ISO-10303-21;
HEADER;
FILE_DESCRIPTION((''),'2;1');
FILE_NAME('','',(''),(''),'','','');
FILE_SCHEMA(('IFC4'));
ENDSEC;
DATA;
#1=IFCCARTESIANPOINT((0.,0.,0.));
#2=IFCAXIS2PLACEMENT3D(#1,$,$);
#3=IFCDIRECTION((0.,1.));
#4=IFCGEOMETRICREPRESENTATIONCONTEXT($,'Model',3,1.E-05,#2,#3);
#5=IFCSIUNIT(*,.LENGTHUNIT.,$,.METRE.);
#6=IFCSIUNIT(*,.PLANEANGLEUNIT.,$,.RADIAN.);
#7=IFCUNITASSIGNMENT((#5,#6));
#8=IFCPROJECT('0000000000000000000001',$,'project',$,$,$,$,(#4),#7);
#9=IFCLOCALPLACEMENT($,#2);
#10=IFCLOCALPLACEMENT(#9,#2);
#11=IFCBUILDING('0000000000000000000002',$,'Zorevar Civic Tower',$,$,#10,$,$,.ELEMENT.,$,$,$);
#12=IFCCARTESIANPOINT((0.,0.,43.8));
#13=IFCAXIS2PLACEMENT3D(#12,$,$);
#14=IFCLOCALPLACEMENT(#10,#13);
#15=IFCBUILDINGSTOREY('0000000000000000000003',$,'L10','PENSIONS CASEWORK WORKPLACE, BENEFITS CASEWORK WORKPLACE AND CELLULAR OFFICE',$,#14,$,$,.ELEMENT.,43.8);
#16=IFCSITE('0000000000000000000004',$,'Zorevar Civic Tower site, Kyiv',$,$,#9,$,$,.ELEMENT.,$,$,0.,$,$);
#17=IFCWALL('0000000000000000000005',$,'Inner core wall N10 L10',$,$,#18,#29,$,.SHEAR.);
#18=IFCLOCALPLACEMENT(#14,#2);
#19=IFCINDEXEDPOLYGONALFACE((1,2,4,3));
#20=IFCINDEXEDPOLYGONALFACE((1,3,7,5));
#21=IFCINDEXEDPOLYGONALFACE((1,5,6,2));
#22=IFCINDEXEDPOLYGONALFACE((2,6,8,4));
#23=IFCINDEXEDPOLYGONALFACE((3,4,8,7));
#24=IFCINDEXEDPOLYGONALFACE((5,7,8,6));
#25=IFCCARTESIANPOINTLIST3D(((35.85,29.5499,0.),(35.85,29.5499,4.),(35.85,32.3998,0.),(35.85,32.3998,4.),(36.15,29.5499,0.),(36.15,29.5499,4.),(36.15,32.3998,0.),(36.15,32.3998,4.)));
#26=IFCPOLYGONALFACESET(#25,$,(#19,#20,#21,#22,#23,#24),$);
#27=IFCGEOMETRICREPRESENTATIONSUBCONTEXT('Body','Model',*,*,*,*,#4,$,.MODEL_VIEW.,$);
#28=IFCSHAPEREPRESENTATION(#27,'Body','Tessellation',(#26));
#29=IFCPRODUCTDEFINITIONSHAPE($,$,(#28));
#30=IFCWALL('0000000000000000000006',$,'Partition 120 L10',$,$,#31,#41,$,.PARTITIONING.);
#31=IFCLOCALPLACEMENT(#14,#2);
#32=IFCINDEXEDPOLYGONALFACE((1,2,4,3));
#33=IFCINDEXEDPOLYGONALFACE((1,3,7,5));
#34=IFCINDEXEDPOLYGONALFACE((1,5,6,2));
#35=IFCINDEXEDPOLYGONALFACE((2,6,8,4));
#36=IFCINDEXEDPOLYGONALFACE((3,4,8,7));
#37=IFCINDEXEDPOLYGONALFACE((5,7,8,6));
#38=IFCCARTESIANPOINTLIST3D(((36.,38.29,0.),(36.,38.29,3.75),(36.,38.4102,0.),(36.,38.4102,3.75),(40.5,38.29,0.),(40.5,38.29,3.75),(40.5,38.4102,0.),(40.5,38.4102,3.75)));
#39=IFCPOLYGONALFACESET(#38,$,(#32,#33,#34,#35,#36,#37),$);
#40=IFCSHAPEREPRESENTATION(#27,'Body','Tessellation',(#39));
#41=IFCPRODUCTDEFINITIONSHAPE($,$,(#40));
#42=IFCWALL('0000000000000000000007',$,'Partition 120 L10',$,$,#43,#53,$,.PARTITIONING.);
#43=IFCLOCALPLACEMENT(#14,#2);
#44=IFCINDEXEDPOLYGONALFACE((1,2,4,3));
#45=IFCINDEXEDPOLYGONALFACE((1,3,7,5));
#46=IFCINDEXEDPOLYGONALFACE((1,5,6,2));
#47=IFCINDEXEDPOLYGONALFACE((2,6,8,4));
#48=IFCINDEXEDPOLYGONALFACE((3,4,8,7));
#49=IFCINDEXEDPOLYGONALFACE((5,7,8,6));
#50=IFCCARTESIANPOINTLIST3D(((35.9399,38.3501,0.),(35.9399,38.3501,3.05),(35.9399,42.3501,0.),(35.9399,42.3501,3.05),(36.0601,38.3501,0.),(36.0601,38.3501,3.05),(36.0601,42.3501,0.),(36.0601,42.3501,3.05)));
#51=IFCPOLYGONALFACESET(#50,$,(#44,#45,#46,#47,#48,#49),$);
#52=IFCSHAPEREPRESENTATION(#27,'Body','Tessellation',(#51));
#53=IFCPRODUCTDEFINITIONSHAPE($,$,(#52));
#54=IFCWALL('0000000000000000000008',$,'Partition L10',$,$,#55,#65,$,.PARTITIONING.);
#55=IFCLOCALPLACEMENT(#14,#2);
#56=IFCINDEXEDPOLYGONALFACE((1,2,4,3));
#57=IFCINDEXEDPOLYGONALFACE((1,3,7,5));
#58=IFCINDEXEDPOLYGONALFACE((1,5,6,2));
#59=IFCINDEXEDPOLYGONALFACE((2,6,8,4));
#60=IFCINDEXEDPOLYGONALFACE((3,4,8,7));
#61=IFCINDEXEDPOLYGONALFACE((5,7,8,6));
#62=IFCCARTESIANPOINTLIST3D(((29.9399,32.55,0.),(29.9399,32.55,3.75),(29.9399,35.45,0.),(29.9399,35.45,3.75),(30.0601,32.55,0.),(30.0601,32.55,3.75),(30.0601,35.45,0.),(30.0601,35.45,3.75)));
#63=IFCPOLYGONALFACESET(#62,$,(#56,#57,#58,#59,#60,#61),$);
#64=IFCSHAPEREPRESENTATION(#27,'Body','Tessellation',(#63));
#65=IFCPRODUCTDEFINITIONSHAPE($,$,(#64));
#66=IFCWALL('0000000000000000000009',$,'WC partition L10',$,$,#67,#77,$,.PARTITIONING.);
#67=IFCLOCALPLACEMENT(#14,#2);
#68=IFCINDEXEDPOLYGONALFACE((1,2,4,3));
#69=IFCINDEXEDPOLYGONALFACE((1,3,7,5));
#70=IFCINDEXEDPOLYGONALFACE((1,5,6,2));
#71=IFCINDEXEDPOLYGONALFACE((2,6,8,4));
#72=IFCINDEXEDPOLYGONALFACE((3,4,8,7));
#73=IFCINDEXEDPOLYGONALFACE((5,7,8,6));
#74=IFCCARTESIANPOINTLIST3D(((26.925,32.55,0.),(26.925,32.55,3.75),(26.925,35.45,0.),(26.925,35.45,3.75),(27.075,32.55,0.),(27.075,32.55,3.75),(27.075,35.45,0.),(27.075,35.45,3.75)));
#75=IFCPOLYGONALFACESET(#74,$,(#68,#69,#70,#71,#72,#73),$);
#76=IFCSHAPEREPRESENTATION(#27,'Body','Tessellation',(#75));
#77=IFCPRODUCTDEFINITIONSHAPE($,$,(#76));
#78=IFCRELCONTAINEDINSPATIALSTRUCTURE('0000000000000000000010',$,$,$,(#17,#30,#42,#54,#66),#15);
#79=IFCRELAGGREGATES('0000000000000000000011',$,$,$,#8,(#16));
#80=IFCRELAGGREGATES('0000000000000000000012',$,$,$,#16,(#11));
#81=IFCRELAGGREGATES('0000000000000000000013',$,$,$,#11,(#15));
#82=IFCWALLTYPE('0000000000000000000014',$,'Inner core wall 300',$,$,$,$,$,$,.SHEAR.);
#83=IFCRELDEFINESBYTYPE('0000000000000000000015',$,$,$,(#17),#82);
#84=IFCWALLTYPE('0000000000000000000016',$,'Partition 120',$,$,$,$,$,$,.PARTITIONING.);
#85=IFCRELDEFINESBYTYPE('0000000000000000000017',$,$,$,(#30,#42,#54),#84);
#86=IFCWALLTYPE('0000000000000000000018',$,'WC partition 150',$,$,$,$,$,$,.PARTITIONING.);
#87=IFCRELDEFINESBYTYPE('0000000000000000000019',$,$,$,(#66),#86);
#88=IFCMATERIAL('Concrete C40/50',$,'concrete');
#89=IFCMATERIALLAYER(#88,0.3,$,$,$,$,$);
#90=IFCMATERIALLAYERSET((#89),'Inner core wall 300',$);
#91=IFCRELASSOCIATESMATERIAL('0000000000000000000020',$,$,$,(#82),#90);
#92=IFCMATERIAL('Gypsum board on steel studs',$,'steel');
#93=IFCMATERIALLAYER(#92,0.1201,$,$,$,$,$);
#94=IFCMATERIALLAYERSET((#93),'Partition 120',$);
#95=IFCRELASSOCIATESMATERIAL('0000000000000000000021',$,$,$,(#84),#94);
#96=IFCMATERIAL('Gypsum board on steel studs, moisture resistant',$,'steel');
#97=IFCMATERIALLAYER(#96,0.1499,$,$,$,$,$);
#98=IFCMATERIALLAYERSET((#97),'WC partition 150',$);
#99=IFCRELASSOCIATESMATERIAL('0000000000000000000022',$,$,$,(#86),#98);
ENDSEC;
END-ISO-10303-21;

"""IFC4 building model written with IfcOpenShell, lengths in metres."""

from ifc_helpers import new_model, si_unit, direction, frame, frame_2d, origin, place, context, subcontext, project, spatial, rectangle, extrude, material, layer, layer_set, type_object, element, save


model = new_model("IFC4")

# Units and contexts
model_context = context("Model", 3, precision=1e-05, world=origin(), true_north=direction((0.0, 1.0)))
body_context = subcontext(model_context, "Body", "Model", "MODEL_VIEW")
ifc_project = project(units=[si_unit("LENGTHUNIT", "METRE"), si_unit("PLANEANGLEUNIT", "RADIAN")], contexts=[model_context])

# Site, building, storey
site_placement = place(None, origin())
site = spatial("IfcSite", under=ifc_project, at=site_placement, Name="Zorevar Civic Tower site, Kyiv", CompositionType="ELEMENT", RefElevation=0.0)
building_placement = place(site_placement, origin())
building = spatial("IfcBuilding", under=site, at=building_placement, Name="Zorevar Civic Tower", CompositionType="ELEMENT")
storey_placement = place(building_placement, frame((0.0, 0.0, 43.8)))
storey = spatial("IfcBuildingStorey", under=building, at=storey_placement, Name="L10", Description="PENSIONS CASEWORK WORKPLACE, BENEFITS CASEWORK WORKPLACE AND CELLULAR OFFICE", CompositionType="ELEMENT", Elevation=43.8)

# Walls
ifc_material_1 = material(Name="Concrete C40/50", Category="concrete")
ifc_layer_1 = layer(ifc_material_1, 0.3)
ifc_layer_set_1 = layer_set([ifc_layer_1], Name="Inner core wall 300")
wall_type_1 = type_object("IfcWallType", Name="Inner core wall 300", PredefinedType="SHEAR", material=ifc_layer_set_1)
wall_1_placement = place(storey_placement, frame((36.0, 29.55, 0.0), z_axis=(0.0, 0.0, 1.0), x_axis=(0.0, 1.0, 0.0)))
element("IfcWall", 1, at=wall_1_placement, inside=storey, type_object=wall_type_1, Name="Inner core wall N10 L10", PredefinedType="SHEAR", context=body_context, shape_type="SweptSolid", body=[
    extrude(rectangle(XDim=2.8499, YDim=0.3, at=frame_2d((1.4248, 0.0))), origin(), (0.0, 0.0, 1.0), 4.0),
])
ifc_material_2 = material(Name="Gypsum board on steel studs", Category="steel")
ifc_layer_2 = layer(ifc_material_2, 0.1201)
ifc_layer_set_2 = layer_set([ifc_layer_2], Name="Partition 120")
wall_type_2 = type_object("IfcWallType", Name="Partition 120", PredefinedType="PARTITIONING", material=ifc_layer_set_2)
wall_2_placement = place(storey_placement, frame((36.0, 38.3501, 0.0), z_axis=(0.0, 0.0, 1.0), x_axis=(1.0, 0.0, 0.0)))
element("IfcWall", 2, at=wall_2_placement, inside=storey, type_object=wall_type_2, Name="Partition 120 L10", PredefinedType="PARTITIONING", context=body_context, shape_type="SweptSolid", body=[
    extrude(rectangle(XDim=4.5, YDim=0.1201, at=frame_2d((2.25, 0.0))), origin(), (0.0, 0.0, 1.0), 3.75),
])
wall_3_placement = place(storey_placement, frame((36.0, 38.3501, 0.0), z_axis=(0.0, 0.0, 1.0), x_axis=(0.0, 1.0, 0.0)))
element("IfcWall", 3, at=wall_3_placement, inside=storey, type_object=wall_type_2, Name="Partition 120 L10", PredefinedType="PARTITIONING", context=body_context, shape_type="SweptSolid", body=[
    extrude(rectangle(XDim=4.0, YDim=0.1201, at=frame_2d((2.0, 0.0))), origin(), (0.0, 0.0, 1.0), 3.05),
])
wall_4_placement = place(storey_placement, frame((30.0, 32.55, 0.0), z_axis=(0.0, 0.0, 1.0), x_axis=(0.0, 1.0, 0.0)))
element("IfcWall", 4, at=wall_4_placement, inside=storey, type_object=wall_type_2, Name="Partition L10", PredefinedType="PARTITIONING", context=body_context, shape_type="SweptSolid", body=[
    extrude(rectangle(XDim=2.8999, YDim=0.1201, at=frame_2d((1.45, 0.0))), origin(), (0.0, 0.0, 1.0), 3.75),
])
ifc_material_3 = material(Name="Gypsum board on steel studs, moisture resistant", Category="steel")
ifc_layer_3 = layer(ifc_material_3, 0.1499)
ifc_layer_set_3 = layer_set([ifc_layer_3], Name="WC partition 150")
wall_type_3 = type_object("IfcWallType", Name="WC partition 150", PredefinedType="PARTITIONING", material=ifc_layer_set_3)
wall_5_placement = place(storey_placement, frame((27.0, 32.55, 0.0), z_axis=(0.0, 0.0, 1.0), x_axis=(0.0, 1.0, 0.0)))
element("IfcWall", 5, at=wall_5_placement, inside=storey, type_object=wall_type_3, Name="WC partition L10", PredefinedType="PARTITIONING", context=body_context, shape_type="SweptSolid", body=[
    extrude(rectangle(XDim=2.8999, YDim=0.1499, at=frame_2d((1.45, 0.0))), origin(), (0.0, 0.0, 1.0), 3.75),
])

save(model, "model.ifc")
